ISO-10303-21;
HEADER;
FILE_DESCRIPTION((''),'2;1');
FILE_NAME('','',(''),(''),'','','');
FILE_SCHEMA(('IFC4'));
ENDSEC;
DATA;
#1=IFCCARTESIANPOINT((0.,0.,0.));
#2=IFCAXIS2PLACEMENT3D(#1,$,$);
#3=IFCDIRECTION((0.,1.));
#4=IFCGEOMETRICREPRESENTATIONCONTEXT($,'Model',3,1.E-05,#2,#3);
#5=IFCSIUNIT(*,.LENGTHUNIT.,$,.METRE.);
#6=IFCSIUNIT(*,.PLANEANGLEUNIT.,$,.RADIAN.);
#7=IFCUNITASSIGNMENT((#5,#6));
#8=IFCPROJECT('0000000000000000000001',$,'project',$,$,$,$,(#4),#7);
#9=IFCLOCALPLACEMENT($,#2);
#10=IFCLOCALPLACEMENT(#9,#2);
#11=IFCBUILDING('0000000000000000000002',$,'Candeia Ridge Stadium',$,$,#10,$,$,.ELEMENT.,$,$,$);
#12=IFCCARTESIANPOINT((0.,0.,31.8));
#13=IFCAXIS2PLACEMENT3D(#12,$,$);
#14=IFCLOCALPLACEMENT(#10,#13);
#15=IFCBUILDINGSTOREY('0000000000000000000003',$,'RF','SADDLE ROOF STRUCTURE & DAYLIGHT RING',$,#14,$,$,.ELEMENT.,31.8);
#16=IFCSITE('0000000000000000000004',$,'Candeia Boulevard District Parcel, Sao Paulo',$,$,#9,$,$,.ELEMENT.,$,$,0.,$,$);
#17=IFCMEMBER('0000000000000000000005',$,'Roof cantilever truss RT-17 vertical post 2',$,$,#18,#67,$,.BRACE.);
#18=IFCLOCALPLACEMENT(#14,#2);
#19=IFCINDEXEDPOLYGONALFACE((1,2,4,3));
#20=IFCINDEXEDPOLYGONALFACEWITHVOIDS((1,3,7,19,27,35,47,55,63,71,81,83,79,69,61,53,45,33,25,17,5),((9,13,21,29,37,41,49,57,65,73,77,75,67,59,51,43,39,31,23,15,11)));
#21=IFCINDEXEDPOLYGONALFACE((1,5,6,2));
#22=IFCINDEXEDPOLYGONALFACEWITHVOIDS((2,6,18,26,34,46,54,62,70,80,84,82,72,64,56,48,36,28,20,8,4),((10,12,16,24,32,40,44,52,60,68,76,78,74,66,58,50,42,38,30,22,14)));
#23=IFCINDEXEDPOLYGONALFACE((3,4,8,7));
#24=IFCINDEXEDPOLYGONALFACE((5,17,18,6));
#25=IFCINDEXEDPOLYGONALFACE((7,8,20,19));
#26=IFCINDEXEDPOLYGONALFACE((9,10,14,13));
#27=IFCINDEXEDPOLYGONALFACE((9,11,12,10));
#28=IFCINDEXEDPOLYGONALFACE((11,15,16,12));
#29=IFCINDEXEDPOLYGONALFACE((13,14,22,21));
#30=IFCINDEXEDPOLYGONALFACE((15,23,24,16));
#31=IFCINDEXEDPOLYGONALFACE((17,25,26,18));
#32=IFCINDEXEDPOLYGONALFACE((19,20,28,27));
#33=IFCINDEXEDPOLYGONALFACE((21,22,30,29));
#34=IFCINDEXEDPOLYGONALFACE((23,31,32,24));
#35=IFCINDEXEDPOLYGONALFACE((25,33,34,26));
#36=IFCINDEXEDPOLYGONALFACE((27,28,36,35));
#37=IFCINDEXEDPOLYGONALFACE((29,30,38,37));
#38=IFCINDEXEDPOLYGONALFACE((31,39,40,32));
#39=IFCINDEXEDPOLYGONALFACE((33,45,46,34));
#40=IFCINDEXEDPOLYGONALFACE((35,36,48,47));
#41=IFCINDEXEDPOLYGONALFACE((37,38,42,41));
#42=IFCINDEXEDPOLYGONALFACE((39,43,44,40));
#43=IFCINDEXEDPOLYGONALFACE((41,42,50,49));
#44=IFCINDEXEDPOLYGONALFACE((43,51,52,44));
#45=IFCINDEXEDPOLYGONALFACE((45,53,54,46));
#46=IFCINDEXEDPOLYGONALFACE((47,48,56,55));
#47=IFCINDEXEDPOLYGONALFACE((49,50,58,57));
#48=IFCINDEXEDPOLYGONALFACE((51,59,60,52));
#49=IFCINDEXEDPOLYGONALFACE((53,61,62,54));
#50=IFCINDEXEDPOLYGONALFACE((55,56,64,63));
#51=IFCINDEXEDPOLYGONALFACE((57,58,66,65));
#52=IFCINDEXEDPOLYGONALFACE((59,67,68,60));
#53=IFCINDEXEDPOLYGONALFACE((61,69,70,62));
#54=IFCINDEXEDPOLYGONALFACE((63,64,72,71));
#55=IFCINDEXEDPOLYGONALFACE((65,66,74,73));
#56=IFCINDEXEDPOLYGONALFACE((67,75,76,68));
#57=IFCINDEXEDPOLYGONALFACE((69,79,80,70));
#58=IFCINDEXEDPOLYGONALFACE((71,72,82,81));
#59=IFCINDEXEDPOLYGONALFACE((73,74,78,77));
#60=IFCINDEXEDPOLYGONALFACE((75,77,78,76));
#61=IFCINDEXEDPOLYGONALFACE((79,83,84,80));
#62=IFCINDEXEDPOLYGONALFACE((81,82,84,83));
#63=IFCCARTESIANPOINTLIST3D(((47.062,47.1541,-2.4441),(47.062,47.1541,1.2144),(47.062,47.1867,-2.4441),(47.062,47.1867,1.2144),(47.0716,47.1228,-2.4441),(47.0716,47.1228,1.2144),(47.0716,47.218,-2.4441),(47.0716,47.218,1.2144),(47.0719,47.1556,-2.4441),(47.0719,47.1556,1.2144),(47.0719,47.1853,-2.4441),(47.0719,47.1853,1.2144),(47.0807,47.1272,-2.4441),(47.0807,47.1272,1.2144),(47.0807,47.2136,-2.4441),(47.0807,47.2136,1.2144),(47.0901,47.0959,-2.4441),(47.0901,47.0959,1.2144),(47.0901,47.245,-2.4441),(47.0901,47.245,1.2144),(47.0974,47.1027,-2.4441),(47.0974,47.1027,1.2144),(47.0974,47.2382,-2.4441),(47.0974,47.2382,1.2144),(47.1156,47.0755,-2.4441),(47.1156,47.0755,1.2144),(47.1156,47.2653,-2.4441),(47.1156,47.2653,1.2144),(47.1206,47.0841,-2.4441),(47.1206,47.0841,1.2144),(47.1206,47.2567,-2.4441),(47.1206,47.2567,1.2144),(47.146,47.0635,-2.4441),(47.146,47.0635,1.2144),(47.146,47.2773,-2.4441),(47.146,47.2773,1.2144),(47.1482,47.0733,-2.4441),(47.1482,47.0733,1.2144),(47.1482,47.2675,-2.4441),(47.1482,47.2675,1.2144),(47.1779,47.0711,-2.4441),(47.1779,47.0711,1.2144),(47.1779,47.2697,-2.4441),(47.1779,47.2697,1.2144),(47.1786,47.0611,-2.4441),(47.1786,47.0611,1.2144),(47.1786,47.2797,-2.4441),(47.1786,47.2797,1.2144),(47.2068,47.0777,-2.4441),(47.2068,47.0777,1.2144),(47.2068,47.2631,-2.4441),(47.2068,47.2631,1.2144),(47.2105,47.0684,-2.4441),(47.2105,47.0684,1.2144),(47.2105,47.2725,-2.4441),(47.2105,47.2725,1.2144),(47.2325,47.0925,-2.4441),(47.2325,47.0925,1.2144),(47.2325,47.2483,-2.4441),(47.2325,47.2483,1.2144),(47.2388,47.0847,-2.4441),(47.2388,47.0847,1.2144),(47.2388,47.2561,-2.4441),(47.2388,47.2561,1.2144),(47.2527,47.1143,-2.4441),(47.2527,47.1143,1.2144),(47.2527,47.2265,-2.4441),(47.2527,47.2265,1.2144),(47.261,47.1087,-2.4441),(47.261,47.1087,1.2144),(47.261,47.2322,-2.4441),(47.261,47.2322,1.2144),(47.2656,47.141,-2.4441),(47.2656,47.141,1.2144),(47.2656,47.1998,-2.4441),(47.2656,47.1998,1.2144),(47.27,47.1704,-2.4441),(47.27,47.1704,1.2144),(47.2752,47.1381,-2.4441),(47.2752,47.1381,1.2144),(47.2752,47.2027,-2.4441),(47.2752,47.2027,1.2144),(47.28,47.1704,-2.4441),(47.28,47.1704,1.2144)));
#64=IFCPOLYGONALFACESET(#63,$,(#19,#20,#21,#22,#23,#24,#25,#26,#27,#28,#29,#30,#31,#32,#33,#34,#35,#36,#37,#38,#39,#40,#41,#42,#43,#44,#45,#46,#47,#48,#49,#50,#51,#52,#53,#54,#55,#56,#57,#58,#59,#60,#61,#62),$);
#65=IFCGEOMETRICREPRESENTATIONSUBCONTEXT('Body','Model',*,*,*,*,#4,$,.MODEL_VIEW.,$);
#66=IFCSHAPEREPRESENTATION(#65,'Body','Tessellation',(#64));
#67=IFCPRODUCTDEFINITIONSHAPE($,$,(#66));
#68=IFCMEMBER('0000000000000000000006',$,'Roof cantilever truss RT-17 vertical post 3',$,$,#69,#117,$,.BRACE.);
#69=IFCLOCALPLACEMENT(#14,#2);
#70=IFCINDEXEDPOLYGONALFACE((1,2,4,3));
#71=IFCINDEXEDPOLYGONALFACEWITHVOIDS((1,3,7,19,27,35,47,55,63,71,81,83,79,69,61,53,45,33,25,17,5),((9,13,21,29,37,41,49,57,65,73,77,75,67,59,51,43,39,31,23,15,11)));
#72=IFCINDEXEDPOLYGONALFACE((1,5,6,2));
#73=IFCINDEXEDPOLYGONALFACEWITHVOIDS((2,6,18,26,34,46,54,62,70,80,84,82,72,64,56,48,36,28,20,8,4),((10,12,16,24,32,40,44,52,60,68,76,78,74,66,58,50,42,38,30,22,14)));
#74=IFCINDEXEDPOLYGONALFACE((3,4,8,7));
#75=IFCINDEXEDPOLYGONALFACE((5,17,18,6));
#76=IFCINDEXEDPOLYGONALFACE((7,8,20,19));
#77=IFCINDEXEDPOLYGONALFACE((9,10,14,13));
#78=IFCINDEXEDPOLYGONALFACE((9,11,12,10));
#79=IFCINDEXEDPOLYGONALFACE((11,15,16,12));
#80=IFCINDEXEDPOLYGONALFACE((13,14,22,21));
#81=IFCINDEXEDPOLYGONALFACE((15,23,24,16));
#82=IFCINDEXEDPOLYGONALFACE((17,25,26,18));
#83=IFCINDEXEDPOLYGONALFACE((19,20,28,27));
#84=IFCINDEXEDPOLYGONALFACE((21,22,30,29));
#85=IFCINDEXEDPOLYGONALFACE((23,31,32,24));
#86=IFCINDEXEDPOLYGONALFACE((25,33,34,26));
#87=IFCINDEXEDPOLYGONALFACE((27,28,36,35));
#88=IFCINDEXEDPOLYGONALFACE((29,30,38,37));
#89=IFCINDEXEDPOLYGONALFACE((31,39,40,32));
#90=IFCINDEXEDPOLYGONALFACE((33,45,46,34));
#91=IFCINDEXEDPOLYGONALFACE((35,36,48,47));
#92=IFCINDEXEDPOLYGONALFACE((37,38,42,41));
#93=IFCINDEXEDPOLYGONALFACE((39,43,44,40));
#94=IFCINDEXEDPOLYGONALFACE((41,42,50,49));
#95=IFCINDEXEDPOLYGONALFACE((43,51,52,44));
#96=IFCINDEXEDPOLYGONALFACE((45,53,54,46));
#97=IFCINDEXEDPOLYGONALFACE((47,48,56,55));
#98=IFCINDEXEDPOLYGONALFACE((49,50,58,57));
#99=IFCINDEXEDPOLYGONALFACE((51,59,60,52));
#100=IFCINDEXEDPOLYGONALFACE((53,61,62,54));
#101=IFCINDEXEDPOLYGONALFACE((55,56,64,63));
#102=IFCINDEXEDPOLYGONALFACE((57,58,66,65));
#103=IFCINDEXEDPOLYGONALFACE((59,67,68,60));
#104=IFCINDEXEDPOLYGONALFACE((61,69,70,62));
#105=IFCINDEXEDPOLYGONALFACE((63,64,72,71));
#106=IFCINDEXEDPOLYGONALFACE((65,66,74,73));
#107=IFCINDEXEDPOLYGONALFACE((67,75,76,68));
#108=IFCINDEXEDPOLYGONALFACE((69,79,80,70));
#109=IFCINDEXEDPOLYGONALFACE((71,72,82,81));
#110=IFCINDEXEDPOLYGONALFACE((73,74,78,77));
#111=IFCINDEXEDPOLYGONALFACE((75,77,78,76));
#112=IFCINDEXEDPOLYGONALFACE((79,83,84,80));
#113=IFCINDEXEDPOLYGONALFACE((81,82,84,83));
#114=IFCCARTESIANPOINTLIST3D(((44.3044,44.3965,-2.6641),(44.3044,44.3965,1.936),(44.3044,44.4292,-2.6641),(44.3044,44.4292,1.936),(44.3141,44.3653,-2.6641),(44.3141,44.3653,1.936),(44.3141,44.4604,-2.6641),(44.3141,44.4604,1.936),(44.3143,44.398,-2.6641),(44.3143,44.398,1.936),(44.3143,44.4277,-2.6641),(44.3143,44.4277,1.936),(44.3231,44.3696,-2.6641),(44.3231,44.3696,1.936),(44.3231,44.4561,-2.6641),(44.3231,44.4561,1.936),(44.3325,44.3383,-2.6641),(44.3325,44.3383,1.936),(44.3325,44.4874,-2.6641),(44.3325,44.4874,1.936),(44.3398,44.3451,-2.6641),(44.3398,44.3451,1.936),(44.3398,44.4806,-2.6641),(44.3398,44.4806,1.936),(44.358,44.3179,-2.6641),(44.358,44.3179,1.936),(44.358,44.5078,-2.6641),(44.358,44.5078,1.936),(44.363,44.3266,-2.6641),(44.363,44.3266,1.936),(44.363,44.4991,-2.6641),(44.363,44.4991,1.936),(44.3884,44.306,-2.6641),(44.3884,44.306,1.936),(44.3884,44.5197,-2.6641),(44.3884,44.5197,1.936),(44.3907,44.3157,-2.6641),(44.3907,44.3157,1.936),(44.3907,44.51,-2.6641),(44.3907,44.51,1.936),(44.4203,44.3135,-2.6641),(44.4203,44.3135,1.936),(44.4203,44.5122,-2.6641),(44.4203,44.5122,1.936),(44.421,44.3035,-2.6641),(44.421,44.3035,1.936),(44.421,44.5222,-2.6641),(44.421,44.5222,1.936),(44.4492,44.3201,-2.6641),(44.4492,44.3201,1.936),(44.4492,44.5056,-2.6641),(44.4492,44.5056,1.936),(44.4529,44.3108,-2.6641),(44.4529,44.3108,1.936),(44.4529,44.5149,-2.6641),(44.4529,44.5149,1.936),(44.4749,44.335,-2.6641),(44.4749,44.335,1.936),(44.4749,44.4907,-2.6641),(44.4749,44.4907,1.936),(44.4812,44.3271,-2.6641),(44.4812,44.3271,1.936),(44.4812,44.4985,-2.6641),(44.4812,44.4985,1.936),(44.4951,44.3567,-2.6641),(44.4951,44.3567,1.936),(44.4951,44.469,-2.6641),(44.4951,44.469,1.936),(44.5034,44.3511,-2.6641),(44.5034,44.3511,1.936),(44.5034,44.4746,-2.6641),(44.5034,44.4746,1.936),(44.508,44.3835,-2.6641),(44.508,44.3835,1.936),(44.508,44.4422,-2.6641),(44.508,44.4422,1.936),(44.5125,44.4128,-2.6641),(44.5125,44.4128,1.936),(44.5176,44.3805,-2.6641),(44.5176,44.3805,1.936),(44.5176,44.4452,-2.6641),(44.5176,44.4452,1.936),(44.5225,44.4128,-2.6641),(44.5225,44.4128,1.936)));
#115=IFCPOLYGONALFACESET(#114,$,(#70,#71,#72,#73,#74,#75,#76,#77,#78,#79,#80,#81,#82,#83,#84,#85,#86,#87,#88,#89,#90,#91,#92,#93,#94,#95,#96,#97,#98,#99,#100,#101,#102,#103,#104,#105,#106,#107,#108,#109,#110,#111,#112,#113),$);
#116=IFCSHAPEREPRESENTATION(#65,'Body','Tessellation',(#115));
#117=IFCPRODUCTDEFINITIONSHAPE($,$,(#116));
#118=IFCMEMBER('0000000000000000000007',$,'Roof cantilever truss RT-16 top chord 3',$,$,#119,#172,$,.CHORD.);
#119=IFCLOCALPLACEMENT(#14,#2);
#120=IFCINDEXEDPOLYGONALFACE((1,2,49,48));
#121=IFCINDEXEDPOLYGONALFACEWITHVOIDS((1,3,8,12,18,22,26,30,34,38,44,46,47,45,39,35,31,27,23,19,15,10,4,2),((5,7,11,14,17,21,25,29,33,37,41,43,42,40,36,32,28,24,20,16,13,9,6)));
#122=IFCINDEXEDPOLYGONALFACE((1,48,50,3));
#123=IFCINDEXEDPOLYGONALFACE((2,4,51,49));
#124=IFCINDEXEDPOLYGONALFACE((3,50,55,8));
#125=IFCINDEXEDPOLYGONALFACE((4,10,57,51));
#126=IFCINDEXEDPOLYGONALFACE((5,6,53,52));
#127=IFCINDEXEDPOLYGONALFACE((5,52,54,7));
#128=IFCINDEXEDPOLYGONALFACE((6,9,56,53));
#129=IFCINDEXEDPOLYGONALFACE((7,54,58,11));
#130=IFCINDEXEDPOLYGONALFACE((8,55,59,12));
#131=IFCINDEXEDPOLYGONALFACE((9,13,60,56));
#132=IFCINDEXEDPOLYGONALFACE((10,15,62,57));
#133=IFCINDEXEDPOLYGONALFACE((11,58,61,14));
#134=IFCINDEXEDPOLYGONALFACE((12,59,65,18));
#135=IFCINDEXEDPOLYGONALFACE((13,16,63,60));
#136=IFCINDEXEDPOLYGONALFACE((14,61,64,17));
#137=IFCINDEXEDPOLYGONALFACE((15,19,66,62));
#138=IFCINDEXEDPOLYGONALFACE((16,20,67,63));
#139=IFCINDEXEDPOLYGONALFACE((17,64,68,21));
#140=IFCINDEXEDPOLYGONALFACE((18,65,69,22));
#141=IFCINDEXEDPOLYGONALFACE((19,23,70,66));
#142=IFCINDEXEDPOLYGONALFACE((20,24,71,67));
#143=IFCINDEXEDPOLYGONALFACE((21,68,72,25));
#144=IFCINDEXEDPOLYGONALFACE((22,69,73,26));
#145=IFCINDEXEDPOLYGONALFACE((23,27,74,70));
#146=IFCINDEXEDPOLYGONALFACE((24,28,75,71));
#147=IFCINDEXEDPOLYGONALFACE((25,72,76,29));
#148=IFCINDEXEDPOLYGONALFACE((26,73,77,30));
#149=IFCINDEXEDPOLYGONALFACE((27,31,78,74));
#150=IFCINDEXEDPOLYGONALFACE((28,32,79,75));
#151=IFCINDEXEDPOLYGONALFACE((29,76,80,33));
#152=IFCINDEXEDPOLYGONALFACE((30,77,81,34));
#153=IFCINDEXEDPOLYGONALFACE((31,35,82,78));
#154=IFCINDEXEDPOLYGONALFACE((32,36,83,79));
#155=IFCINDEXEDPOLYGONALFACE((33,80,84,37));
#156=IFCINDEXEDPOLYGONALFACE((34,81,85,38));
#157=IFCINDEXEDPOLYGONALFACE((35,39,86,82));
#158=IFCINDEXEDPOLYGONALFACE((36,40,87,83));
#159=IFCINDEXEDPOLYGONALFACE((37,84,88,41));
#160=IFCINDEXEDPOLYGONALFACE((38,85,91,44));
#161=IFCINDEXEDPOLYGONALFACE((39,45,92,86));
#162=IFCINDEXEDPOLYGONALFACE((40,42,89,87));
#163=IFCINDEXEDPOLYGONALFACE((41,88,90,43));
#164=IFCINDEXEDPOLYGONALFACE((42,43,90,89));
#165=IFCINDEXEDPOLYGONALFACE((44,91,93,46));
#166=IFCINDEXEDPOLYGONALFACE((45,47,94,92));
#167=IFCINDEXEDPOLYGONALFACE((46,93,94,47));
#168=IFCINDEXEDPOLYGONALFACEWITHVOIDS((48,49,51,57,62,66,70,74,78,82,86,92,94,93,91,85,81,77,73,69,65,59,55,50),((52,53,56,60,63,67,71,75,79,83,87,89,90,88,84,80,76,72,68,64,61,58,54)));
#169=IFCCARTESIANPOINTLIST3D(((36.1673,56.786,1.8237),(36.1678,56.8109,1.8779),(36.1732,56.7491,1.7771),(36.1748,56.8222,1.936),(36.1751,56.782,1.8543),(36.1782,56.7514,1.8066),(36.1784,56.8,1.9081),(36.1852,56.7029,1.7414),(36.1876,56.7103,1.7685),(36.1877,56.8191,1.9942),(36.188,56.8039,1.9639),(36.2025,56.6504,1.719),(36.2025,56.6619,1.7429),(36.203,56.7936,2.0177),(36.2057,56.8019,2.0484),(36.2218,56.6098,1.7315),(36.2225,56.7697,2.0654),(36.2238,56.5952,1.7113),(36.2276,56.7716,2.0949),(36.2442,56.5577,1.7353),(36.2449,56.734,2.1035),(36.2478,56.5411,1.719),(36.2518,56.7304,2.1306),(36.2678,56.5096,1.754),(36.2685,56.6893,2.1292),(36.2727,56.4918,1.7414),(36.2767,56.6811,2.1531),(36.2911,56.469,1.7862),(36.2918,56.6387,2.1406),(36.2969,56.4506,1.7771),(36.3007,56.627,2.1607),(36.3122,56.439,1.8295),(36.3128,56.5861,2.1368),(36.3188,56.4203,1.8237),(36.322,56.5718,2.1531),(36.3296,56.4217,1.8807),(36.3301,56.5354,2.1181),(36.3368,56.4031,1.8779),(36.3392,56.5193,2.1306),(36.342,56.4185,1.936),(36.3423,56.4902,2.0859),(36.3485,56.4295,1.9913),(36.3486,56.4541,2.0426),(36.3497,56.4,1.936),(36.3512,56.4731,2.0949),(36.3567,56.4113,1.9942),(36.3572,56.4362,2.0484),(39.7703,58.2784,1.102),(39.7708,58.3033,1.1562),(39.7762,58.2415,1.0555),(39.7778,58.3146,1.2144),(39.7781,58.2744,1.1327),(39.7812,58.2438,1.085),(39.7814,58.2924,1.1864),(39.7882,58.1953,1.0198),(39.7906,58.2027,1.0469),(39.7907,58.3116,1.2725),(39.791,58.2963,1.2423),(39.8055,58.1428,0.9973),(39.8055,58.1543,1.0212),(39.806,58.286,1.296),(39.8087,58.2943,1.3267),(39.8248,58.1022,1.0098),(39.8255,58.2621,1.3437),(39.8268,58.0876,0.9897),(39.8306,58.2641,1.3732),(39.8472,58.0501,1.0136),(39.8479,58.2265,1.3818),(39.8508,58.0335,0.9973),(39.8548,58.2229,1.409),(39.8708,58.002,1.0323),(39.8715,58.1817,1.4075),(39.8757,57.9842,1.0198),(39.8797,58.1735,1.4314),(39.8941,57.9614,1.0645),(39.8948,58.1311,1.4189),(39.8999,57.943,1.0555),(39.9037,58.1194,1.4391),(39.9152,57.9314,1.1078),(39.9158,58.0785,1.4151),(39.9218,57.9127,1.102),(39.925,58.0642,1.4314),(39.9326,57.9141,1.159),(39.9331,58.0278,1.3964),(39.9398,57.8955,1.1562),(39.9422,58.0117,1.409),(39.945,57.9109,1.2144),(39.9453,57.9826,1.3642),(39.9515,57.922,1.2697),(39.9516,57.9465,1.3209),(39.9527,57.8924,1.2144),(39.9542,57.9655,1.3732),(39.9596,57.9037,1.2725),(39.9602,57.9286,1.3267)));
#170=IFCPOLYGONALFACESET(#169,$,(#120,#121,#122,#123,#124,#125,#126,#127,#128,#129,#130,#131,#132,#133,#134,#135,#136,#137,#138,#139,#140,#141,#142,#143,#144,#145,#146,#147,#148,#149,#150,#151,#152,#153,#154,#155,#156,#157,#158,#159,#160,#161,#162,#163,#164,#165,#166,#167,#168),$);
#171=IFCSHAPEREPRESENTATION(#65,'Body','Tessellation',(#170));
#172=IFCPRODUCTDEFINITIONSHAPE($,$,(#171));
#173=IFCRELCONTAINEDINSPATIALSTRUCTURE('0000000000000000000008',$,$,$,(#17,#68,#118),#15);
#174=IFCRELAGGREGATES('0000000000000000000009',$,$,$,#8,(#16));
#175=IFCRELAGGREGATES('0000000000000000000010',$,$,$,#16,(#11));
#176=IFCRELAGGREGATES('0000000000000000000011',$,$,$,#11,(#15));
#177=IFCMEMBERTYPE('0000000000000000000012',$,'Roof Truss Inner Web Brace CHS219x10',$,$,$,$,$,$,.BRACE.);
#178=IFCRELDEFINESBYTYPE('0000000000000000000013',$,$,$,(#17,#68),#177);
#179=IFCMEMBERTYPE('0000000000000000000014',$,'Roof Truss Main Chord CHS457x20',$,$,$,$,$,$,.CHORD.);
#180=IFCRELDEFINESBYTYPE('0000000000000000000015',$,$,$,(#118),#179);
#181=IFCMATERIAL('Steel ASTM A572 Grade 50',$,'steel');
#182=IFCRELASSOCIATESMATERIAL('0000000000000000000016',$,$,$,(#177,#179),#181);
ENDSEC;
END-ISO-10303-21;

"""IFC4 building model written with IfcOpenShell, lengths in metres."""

from ifc_helpers import new_model, si_unit, direction, frame, origin, origin_2d, place, context, subcontext, project, spatial, hollow_circle, extrude, material, material_profile, profile_set, type_object, element, save


model = new_model("IFC4")

# Units and contexts
model_context = context("Model", 3, precision=1e-05, world=origin(), true_north=direction((0.0, 1.0)))
body_context = subcontext(model_context, "Body", "Model", "MODEL_VIEW")
ifc_project = project(units=[si_unit("LENGTHUNIT", "METRE"), si_unit("PLANEANGLEUNIT", "RADIAN")], contexts=[model_context])

# Site, building, storey
site_placement = place(None, origin())
site = spatial("IfcSite", under=ifc_project, at=site_placement, Name="Candeia Boulevard District Parcel, Sao Paulo", CompositionType="ELEMENT", RefElevation=0.0)
building_placement = place(site_placement, origin())
building = spatial("IfcBuilding", under=site, at=building_placement, Name="Candeia Ridge Stadium", CompositionType="ELEMENT")
storey_placement = place(building_placement, frame((0.0, 0.0, 31.8)))
storey = spatial("IfcBuildingStorey", under=building, at=storey_placement, Name="RF", Description="SADDLE ROOF STRUCTURE & DAYLIGHT RING", CompositionType="ELEMENT", Elevation=31.8)

# Shared definitions
ifc_material_1 = material(Name="Steel ASTM A572 Grade 50", Category="steel")

# Members
ifc_material_profile_1 = material_profile(ifc_material_1, hollow_circle(Radius=0.1096, WallThickness=0.01, at=origin_2d()), Name="CHS219x10", Category="steel")
ifc_profile_set_1 = profile_set([ifc_material_profile_1], Name="Steel ASTM A572 Grade 50")
member_type_1 = type_object("IfcMemberType", Name="Roof Truss Inner Web Brace CHS219x10", PredefinedType="BRACE", material=ifc_profile_set_1)
member_1_placement = place(storey_placement, frame((47.1704, 47.1704, -2.4441), z_axis=(0.0, 0.0, 1.0), x_axis=(1.0, 0.0, 0.0)))
element("IfcMember", 1, at=member_1_placement, inside=storey, type_object=member_type_1, Name="Roof cantilever truss RT-17 vertical post 2", PredefinedType="BRACE", context=body_context, shape_type="SweptSolid", body=[
    extrude(hollow_circle(Radius=0.1096, WallThickness=0.01, at=origin_2d()), origin(), (0.0, 0.0, 1.0), 3.6584),
])
member_2_placement = place(storey_placement, frame((44.4128, 44.4128, -2.6641), z_axis=(0.0, 0.0, 1.0), x_axis=(1.0, 0.0, 0.0)))
element("IfcMember", 2, at=member_2_placement, inside=storey, type_object=member_type_1, Name="Roof cantilever truss RT-17 vertical post 3", PredefinedType="BRACE", context=body_context, shape_type="SweptSolid", body=[
    extrude(hollow_circle(Radius=0.1096, WallThickness=0.01, at=origin_2d()), origin(), (0.0, 0.0, 1.0), 4.6001),
])
ifc_material_profile_2 = material_profile(ifc_material_1, hollow_circle(Radius=0.2285, WallThickness=0.02, at=origin_2d()), Name="CHS457x20", Category="steel")
ifc_profile_set_2 = profile_set([ifc_material_profile_2], Name="Steel ASTM A572 Grade 50")
member_type_2 = type_object("IfcMemberType", Name="Roof Truss Main Chord CHS457x20", PredefinedType="CHORD", material=ifc_profile_set_2)
for number, where, z_axis, x_axis, name in (
    (3, (39.8652, 58.1035, 1.2144), (-0.908455, -0.376297, 0.181962), (0.382685, -0.923879, 0.0), "Roof cantilever truss RT-16 top chord 3"),
):
    element("IfcMember", number, at=place(storey_placement, frame(where, z_axis=z_axis, x_axis=x_axis)), inside=storey, type_object=member_type_2, Name=name, PredefinedType="CHORD", context=body_context, shape_type="SweptSolid", body=[
        extrude(hollow_circle(Radius=0.2285, WallThickness=0.02, at=origin_2d()), origin(), (0.0, 0.0, 1.0), 3.9661),
    ])

save(model, "model.ifc")
